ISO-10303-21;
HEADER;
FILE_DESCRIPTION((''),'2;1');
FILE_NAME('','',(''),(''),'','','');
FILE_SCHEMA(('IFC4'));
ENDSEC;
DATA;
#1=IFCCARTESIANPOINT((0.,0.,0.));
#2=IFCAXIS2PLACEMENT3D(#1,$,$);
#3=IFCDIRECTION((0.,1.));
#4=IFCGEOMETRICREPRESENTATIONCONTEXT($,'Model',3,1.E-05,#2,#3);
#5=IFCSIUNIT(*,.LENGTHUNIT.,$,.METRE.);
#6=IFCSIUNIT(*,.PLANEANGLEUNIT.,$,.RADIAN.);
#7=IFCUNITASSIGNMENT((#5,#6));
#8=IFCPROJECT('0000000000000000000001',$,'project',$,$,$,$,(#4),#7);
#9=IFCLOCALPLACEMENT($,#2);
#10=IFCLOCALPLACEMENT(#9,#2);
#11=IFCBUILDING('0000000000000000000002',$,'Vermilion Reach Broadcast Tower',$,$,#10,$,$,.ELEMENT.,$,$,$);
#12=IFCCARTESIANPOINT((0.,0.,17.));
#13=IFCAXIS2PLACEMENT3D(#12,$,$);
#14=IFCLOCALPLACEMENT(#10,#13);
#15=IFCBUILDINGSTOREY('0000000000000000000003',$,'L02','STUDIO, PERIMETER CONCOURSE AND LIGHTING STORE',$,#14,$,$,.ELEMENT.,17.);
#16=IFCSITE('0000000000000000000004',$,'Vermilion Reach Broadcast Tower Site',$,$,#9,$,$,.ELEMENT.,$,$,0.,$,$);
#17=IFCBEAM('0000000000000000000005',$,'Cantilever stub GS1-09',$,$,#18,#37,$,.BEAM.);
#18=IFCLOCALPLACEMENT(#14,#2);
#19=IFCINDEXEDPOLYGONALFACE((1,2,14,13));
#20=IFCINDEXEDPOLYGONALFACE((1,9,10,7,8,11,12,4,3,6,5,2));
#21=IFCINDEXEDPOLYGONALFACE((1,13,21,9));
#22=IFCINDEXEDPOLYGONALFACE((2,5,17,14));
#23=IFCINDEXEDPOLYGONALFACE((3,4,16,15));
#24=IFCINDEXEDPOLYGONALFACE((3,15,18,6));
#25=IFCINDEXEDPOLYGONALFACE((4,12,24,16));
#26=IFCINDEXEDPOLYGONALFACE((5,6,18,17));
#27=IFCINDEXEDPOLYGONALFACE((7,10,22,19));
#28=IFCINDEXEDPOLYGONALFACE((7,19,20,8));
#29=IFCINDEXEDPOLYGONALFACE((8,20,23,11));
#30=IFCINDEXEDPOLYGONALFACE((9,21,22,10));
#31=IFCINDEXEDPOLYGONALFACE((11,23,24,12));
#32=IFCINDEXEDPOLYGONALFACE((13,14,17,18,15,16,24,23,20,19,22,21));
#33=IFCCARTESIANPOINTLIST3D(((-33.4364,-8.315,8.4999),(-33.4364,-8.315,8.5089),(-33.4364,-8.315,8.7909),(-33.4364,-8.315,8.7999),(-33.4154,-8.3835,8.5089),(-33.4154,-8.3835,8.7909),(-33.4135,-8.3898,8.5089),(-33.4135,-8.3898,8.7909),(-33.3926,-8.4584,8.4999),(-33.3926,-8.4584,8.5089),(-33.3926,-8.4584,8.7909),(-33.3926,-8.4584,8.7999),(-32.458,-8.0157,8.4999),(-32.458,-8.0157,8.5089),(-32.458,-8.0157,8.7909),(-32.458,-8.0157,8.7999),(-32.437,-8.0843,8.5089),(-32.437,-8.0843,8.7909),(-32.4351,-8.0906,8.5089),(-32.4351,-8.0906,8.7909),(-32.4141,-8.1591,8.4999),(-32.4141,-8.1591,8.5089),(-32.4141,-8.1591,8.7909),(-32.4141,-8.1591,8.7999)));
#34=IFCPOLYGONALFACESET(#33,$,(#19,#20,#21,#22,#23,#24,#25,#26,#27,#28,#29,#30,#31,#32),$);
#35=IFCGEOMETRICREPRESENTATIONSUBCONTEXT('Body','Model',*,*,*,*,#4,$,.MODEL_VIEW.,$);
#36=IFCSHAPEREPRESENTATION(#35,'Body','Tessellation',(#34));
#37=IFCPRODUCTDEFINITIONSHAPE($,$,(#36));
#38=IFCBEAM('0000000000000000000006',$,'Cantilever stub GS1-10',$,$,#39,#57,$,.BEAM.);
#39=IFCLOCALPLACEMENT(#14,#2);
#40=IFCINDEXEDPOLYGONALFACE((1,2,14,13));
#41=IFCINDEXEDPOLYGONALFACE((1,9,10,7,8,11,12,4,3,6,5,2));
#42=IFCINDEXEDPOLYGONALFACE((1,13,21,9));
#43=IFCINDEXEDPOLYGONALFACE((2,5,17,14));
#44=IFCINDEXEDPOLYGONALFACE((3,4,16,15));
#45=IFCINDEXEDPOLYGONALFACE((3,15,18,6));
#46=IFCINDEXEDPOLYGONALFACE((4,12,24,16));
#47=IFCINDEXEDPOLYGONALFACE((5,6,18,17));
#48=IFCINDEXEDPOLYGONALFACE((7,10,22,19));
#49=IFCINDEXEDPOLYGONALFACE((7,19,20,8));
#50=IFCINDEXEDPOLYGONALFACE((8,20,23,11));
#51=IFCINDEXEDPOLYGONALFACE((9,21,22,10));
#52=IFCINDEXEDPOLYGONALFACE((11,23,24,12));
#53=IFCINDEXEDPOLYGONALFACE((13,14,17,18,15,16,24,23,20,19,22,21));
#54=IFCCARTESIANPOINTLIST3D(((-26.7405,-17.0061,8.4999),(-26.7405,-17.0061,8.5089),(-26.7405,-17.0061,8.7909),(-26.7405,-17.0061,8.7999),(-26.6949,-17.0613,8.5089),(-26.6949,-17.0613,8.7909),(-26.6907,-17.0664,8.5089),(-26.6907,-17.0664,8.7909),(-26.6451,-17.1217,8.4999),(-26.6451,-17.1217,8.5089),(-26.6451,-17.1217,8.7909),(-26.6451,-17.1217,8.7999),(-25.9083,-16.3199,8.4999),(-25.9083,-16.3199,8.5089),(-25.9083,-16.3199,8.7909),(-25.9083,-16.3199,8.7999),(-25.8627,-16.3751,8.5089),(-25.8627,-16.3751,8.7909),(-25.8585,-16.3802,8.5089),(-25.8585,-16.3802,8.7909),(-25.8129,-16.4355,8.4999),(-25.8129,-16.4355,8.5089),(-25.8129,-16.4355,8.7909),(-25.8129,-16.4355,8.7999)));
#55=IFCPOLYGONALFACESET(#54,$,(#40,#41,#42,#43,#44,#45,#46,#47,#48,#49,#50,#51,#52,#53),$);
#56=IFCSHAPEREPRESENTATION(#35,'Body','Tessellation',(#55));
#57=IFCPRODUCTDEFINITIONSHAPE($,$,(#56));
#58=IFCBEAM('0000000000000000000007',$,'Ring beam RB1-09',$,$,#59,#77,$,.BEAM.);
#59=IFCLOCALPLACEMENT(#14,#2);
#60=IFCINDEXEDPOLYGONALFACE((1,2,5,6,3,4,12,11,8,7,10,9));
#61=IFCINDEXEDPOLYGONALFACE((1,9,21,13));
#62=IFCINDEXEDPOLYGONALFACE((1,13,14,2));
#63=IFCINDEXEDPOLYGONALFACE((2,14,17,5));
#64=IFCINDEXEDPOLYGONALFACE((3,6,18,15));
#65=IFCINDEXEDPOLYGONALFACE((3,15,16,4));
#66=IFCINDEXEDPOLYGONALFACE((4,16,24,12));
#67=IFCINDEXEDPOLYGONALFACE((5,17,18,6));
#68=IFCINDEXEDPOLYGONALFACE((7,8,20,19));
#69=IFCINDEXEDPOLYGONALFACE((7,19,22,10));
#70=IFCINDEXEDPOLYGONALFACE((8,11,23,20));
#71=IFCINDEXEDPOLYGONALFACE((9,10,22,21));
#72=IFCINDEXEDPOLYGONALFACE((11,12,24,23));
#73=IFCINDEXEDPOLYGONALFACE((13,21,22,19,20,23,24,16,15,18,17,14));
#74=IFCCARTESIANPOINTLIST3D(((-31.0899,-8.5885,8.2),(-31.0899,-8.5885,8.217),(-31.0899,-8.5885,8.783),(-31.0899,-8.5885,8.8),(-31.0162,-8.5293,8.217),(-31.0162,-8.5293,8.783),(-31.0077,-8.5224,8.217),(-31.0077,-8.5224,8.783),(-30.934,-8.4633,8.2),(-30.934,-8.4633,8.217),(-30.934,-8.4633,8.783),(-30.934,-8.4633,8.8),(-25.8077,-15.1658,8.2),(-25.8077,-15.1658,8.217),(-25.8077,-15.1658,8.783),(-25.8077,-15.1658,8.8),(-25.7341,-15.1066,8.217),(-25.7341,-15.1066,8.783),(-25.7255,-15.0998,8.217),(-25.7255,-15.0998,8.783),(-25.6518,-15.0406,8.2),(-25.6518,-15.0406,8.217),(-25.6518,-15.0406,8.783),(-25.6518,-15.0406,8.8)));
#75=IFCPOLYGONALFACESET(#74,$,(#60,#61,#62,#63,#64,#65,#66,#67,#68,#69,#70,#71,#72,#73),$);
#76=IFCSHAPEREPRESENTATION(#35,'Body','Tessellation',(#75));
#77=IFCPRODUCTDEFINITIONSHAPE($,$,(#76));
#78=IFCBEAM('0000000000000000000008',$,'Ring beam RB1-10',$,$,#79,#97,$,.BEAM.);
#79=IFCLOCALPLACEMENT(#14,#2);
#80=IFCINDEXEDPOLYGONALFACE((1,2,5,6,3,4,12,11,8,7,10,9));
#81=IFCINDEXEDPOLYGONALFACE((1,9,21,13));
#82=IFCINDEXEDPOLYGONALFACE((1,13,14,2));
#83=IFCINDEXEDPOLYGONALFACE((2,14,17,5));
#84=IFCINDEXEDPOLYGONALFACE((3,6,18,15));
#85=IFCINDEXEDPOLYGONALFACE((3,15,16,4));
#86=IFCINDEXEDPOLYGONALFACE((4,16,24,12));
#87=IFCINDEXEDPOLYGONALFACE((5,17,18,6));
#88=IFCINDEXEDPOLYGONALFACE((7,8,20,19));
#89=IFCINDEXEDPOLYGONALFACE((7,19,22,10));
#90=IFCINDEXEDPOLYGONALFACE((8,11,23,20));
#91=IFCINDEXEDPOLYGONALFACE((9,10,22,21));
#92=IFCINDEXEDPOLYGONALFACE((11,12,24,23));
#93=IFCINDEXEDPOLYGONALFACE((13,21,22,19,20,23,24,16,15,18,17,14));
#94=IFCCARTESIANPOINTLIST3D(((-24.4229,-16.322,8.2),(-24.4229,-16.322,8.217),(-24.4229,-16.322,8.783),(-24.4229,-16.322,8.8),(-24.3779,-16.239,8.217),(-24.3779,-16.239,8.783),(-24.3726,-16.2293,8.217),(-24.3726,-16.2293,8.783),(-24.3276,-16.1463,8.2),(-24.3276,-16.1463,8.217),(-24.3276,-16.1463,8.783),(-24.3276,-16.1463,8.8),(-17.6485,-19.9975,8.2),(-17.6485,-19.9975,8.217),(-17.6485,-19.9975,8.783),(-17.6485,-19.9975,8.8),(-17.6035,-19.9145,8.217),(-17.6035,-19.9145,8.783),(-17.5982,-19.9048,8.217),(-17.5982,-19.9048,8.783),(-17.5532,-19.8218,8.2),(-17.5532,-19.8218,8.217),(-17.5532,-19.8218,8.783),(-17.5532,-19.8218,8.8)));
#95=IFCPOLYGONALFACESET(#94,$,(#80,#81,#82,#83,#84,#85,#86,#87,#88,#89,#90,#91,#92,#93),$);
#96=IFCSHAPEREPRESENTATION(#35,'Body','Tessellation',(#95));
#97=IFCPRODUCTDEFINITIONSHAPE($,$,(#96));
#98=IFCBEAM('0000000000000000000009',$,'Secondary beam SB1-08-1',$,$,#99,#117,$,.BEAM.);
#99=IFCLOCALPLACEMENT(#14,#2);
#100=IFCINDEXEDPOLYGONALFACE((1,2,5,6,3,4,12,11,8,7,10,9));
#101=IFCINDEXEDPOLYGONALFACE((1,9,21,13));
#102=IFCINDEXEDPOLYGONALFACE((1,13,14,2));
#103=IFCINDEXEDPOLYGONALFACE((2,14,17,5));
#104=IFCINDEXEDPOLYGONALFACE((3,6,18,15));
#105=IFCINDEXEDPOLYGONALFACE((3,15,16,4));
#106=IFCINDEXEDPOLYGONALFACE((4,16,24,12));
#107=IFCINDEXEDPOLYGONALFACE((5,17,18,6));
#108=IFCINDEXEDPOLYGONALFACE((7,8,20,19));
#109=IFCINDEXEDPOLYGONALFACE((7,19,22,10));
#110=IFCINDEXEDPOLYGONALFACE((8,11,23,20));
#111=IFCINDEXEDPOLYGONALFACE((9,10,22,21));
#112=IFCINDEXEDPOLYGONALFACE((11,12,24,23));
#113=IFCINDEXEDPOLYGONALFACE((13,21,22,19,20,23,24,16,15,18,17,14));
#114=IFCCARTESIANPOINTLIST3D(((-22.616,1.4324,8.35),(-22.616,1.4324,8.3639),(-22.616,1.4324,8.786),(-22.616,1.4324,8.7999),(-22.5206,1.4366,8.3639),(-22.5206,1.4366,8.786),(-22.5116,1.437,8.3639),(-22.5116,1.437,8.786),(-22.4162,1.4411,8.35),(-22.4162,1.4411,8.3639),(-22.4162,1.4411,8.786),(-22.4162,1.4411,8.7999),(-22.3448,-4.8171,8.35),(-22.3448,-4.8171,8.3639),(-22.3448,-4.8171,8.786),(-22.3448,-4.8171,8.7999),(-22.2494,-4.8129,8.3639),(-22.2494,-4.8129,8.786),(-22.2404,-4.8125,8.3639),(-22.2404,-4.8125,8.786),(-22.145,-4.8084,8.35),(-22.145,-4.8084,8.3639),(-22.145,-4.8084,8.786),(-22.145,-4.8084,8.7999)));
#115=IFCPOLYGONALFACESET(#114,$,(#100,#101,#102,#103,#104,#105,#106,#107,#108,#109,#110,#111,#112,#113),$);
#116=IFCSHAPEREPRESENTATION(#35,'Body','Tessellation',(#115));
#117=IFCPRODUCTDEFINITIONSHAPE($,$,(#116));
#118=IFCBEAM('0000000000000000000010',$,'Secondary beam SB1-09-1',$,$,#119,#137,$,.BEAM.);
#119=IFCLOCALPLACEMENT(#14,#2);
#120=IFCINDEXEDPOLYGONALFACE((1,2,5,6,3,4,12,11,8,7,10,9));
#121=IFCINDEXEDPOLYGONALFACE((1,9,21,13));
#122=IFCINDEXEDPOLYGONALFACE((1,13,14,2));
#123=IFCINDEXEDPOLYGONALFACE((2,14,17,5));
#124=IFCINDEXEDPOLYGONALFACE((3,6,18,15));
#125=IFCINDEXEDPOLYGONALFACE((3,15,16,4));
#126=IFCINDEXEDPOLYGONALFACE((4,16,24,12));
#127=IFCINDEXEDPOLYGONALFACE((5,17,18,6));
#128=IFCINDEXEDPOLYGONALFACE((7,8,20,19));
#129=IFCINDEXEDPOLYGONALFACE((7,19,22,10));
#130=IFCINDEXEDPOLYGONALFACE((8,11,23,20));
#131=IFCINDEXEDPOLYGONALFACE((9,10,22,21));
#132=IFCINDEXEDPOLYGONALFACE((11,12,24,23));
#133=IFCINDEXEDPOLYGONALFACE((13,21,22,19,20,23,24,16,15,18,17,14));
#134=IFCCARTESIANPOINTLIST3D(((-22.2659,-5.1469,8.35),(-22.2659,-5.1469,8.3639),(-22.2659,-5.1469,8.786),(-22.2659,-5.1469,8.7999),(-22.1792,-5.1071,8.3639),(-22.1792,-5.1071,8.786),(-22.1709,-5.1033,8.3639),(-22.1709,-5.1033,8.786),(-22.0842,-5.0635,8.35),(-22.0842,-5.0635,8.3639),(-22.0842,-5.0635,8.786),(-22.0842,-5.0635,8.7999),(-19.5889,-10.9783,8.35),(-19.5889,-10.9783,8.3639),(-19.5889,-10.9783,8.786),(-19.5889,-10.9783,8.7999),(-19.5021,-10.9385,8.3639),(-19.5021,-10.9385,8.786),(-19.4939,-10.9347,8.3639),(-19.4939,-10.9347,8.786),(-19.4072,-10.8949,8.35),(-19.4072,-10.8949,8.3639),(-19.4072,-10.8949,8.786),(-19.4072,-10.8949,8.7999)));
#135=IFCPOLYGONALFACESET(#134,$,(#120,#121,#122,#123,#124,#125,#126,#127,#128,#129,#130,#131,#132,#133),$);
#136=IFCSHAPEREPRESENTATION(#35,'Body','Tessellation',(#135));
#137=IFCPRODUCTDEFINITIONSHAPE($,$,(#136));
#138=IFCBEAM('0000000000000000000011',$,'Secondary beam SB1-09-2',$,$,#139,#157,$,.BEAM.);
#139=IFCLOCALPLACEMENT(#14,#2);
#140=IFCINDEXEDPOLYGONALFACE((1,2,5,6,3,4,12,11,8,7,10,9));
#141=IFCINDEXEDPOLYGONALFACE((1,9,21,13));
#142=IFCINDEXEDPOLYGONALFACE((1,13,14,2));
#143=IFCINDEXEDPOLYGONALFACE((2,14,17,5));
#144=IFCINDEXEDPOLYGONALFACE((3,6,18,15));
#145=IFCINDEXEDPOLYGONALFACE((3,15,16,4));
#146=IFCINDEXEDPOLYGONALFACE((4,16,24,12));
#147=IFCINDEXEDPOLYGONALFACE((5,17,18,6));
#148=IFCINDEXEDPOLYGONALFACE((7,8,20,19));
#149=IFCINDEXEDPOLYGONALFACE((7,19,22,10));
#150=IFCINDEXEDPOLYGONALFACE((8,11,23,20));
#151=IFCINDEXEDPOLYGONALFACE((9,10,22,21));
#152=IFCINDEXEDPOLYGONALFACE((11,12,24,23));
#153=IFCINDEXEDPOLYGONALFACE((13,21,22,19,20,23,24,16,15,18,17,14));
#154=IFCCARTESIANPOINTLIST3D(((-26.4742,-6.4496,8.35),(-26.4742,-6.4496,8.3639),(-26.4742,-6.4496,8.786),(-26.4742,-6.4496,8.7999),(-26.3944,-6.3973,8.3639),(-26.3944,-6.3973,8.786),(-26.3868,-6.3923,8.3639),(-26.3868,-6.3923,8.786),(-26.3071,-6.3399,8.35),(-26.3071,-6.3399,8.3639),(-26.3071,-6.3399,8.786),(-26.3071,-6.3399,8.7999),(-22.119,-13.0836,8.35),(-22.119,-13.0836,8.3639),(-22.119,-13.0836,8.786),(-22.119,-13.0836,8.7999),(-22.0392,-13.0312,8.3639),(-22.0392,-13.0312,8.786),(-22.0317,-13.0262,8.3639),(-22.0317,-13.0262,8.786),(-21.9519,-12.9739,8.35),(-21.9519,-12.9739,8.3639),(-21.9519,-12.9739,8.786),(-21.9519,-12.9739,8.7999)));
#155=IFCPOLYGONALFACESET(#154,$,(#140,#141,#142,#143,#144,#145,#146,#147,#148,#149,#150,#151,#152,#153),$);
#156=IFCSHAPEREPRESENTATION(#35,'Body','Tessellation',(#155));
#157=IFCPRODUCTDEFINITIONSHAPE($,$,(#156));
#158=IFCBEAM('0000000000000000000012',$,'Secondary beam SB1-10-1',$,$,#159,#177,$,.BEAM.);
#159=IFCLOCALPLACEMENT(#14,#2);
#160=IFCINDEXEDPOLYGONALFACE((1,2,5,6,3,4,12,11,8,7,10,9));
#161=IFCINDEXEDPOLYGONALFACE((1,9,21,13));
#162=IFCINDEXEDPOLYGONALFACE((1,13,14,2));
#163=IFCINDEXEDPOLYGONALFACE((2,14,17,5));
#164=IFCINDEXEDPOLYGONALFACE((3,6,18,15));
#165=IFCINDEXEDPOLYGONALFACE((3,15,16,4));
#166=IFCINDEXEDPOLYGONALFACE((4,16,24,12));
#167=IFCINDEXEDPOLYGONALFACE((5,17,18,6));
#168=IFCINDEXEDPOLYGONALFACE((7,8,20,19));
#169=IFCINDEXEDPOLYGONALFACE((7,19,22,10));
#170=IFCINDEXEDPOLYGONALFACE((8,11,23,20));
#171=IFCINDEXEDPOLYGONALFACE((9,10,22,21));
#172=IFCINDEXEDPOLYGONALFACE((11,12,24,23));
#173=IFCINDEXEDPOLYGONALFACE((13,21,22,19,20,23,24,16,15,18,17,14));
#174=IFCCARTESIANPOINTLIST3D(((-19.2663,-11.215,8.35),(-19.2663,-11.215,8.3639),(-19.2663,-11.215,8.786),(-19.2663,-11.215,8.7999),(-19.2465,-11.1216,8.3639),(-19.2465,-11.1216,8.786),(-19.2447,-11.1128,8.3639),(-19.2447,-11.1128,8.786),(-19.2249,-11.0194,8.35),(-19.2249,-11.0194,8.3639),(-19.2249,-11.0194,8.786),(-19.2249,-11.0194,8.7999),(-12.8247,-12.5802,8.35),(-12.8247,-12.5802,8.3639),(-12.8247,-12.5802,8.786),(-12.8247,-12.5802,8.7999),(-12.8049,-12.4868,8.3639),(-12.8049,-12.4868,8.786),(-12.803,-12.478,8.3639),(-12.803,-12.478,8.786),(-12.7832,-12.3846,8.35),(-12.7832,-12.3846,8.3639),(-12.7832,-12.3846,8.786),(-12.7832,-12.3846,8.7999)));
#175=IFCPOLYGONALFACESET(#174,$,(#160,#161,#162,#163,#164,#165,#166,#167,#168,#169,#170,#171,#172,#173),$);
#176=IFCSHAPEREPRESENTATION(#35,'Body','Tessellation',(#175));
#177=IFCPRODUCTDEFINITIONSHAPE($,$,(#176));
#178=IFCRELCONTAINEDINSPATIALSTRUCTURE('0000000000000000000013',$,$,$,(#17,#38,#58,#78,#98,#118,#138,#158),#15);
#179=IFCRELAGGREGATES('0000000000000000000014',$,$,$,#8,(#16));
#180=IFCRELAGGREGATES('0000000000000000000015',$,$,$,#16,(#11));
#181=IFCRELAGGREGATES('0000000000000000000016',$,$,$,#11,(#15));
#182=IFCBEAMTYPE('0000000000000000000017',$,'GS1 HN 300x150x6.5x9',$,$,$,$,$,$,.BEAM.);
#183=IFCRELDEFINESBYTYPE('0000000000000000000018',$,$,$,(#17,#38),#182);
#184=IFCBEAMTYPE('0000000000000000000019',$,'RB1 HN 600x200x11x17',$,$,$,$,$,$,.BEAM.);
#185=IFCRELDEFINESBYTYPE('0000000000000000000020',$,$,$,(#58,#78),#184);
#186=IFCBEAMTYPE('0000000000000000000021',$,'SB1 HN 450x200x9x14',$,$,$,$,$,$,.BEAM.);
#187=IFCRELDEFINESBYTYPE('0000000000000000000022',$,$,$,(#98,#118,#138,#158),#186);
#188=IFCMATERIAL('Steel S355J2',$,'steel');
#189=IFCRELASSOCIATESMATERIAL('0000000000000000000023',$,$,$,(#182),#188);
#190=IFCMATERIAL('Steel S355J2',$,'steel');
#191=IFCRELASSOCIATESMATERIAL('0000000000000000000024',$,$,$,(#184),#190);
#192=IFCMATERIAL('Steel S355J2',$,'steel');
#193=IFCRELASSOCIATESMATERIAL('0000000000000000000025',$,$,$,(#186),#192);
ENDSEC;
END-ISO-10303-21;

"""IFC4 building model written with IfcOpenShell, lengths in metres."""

from ifc_helpers import new_model, si_unit, direction, frame, origin, origin_2d, place, context, subcontext, project, spatial, i_section, extrude, material, material_profile, profile_set, type_object, element, save


model = new_model("IFC4")

# Units and contexts
model_context = context("Model", 3, precision=1e-05, world=origin(), true_north=direction((0.0, 1.0)))
body_context = subcontext(model_context, "Body", "Model", "MODEL_VIEW")
ifc_project = project(units=[si_unit("LENGTHUNIT", "METRE"), si_unit("PLANEANGLEUNIT", "RADIAN")], contexts=[model_context])

# Site, building, storey
site_placement = place(None, origin())
site = spatial("IfcSite", under=ifc_project, at=site_placement, Name="Vermilion Reach Broadcast Tower Site", CompositionType="ELEMENT", RefElevation=0.0)
building_placement = place(site_placement, origin())
building = spatial("IfcBuilding", under=site, at=building_placement, Name="Vermilion Reach Broadcast Tower", CompositionType="ELEMENT")
storey_placement = place(building_placement, frame((0.0, 0.0, 17.0)))
storey = spatial("IfcBuildingStorey", under=building, at=storey_placement, Name="L02", Description="STUDIO, PERIMETER CONCOURSE AND LIGHTING STORE", CompositionType="ELEMENT", Elevation=17.0)

# Beams
ifc_material_1 = material(Name="Steel S355J2", Category="steel")
ifc_material_profile_1 = material_profile(ifc_material_1, i_section(OverallWidth=0.1499, OverallDepth=0.3, WebThickness=0.0066, FlangeThickness=0.009, at=origin_2d()), Name="S355J2 HN 300x150x6.5x9")
ifc_profile_set_1 = profile_set([ifc_material_profile_1], Name="Steel S355J2")
beam_type_1 = type_object("IfcBeamType", Name="GS1 HN 300x150x6.5x9", PredefinedType="BEAM", material=ifc_profile_set_1)
beam_1_placement = place(storey_placement, frame((-32.436, -8.0874, 8.6499), z_axis=(-0.956263, -0.292509, 0.0), x_axis=(0.292509, -0.956263, 0.0)))
element("IfcBeam", 1, at=beam_1_placement, inside=storey, type_object=beam_type_1, Name="Cantilever stub GS1-09", PredefinedType="BEAM", context=body_context, shape_type="SweptSolid", body=[
    extrude(i_section(OverallWidth=0.1499, OverallDepth=0.3, WebThickness=0.0066, FlangeThickness=0.009, at=origin_2d()), origin(), (0.0, 0.0, 1.0), 1.0232),
])
beam_2_placement = place(storey_placement, frame((-25.8606, -16.3777, 8.6499), z_axis=(-0.771532, -0.636191, 0.0), x_axis=(0.636191, -0.771532, 0.0)))
element("IfcBeam", 2, at=beam_2_placement, inside=storey, type_object=beam_type_1, Name="Cantilever stub GS1-10", PredefinedType="BEAM", context=body_context, shape_type="SweptSolid", body=[
    extrude(i_section(OverallWidth=0.1499, OverallDepth=0.3, WebThickness=0.0066, FlangeThickness=0.009, at=origin_2d()), origin(), (0.0, 0.0, 1.0), 1.0786),
])
ifc_material_2 = material(Name="Steel S355J2", Category="steel")
ifc_material_profile_2 = material_profile(ifc_material_2, i_section(OverallWidth=0.2, OverallDepth=0.6001, WebThickness=0.011, FlangeThickness=0.0171, at=origin_2d()), Name="S355J2 HN 600x200x11x17")
ifc_profile_set_2 = profile_set([ifc_material_profile_2], Name="Steel S355J2")
beam_type_2 = type_object("IfcBeamType", Name="RB1 HN 600x200x11x17", PredefinedType="BEAM", material=ifc_profile_set_2)
beam_3_placement = place(storey_placement, frame((-31.012, -8.5259, 8.5), z_axis=(0.626162, -0.779693, 0.0), x_axis=(0.779693, 0.626162, 0.0)))
element("IfcBeam", 3, at=beam_3_placement, inside=storey, type_object=beam_type_2, Name="Ring beam RB1-09", PredefinedType="BEAM", context=body_context, shape_type="SweptSolid", body=[
    extrude(i_section(OverallWidth=0.2, OverallDepth=0.6001, WebThickness=0.011, FlangeThickness=0.0171, at=origin_2d()), origin(), (0.0, 0.0, 1.0), 8.4358),
])
beam_4_placement = place(storey_placement, frame((-24.3752, -16.2341, 8.5), z_axis=(0.878962, -0.476891, 0.0), x_axis=(0.476891, 0.878962, 0.0)))
element("IfcBeam", 4, at=beam_4_placement, inside=storey, type_object=beam_type_2, Name="Ring beam RB1-10", PredefinedType="BEAM", context=body_context, shape_type="SweptSolid", body=[
    extrude(i_section(OverallWidth=0.2, OverallDepth=0.6001, WebThickness=0.011, FlangeThickness=0.0171, at=origin_2d()), origin(), (0.0, 0.0, 1.0), 7.7073),
])
ifc_material_3 = material(Name="Steel S355J2", Category="steel")
ifc_material_profile_3 = material_profile(ifc_material_3, i_section(OverallWidth=0.2, OverallDepth=0.45, WebThickness=0.009, FlangeThickness=0.0139, at=origin_2d()), Name="S355J2 HN 450x200x9x14")
ifc_profile_set_3 = profile_set([ifc_material_profile_3], Name="Steel S355J2")
beam_type_3 = type_object("IfcBeamType", Name="SB1 HN 450x200x9x14", PredefinedType="BEAM", material=ifc_profile_set_3)
beam_5_placement = place(storey_placement, frame((-22.5161, 1.4368, 8.575), z_axis=(0.043361, -0.999059, 0.0), x_axis=(0.999059, 0.043361, 0.0)))
element("IfcBeam", 5, at=beam_5_placement, inside=storey, type_object=beam_type_3, Name="Secondary beam SB1-08-1", PredefinedType="BEAM", context=body_context, shape_type="SweptSolid", body=[
    extrude(i_section(OverallWidth=0.2, OverallDepth=0.45, WebThickness=0.009, FlangeThickness=0.0139, at=origin_2d()), origin(), (0.0, 0.0, 1.0), 6.2554),
])
beam_6_placement = place(storey_placement, frame((-22.175, -5.1052, 8.575), z_axis=(0.417211, -0.908809, 0.0), x_axis=(0.908809, 0.417211, 0.0)))
element("IfcBeam", 6, at=beam_6_placement, inside=storey, type_object=beam_type_3, Name="Secondary beam SB1-09-1", PredefinedType="BEAM", context=body_context, shape_type="SweptSolid", body=[
    extrude(i_section(OverallWidth=0.2, OverallDepth=0.45, WebThickness=0.009, FlangeThickness=0.0139, at=origin_2d()), origin(), (0.0, 0.0, 1.0), 6.4165),
])
beam_7_placement = place(storey_placement, frame((-26.3906, -6.3948, 8.575), z_axis=(0.548801, -0.835953, 0.0), x_axis=(0.835953, 0.548801, 0.0)))
element("IfcBeam", 7, at=beam_7_placement, inside=storey, type_object=beam_type_3, Name="Secondary beam SB1-09-2", PredefinedType="BEAM", context=body_context, shape_type="SweptSolid", body=[
    extrude(i_section(OverallWidth=0.2, OverallDepth=0.45, WebThickness=0.009, FlangeThickness=0.0139, at=origin_2d()), origin(), (0.0, 0.0, 1.0), 7.9358),
])
beam_8_placement = place(storey_placement, frame((-19.2456, -11.1172, 8.575), z_axis=(0.97827, -0.207333, 0.0), x_axis=(0.207333, 0.97827, 0.0)))
element("IfcBeam", 8, at=beam_8_placement, inside=storey, type_object=beam_type_3, Name="Secondary beam SB1-10-1", PredefinedType="BEAM", context=body_context, shape_type="SweptSolid", body=[
    extrude(i_section(OverallWidth=0.2, OverallDepth=0.45, WebThickness=0.009, FlangeThickness=0.0139, at=origin_2d()), origin(), (0.0, 0.0, 1.0), 6.5847),
])

save(model, "model.ifc")
